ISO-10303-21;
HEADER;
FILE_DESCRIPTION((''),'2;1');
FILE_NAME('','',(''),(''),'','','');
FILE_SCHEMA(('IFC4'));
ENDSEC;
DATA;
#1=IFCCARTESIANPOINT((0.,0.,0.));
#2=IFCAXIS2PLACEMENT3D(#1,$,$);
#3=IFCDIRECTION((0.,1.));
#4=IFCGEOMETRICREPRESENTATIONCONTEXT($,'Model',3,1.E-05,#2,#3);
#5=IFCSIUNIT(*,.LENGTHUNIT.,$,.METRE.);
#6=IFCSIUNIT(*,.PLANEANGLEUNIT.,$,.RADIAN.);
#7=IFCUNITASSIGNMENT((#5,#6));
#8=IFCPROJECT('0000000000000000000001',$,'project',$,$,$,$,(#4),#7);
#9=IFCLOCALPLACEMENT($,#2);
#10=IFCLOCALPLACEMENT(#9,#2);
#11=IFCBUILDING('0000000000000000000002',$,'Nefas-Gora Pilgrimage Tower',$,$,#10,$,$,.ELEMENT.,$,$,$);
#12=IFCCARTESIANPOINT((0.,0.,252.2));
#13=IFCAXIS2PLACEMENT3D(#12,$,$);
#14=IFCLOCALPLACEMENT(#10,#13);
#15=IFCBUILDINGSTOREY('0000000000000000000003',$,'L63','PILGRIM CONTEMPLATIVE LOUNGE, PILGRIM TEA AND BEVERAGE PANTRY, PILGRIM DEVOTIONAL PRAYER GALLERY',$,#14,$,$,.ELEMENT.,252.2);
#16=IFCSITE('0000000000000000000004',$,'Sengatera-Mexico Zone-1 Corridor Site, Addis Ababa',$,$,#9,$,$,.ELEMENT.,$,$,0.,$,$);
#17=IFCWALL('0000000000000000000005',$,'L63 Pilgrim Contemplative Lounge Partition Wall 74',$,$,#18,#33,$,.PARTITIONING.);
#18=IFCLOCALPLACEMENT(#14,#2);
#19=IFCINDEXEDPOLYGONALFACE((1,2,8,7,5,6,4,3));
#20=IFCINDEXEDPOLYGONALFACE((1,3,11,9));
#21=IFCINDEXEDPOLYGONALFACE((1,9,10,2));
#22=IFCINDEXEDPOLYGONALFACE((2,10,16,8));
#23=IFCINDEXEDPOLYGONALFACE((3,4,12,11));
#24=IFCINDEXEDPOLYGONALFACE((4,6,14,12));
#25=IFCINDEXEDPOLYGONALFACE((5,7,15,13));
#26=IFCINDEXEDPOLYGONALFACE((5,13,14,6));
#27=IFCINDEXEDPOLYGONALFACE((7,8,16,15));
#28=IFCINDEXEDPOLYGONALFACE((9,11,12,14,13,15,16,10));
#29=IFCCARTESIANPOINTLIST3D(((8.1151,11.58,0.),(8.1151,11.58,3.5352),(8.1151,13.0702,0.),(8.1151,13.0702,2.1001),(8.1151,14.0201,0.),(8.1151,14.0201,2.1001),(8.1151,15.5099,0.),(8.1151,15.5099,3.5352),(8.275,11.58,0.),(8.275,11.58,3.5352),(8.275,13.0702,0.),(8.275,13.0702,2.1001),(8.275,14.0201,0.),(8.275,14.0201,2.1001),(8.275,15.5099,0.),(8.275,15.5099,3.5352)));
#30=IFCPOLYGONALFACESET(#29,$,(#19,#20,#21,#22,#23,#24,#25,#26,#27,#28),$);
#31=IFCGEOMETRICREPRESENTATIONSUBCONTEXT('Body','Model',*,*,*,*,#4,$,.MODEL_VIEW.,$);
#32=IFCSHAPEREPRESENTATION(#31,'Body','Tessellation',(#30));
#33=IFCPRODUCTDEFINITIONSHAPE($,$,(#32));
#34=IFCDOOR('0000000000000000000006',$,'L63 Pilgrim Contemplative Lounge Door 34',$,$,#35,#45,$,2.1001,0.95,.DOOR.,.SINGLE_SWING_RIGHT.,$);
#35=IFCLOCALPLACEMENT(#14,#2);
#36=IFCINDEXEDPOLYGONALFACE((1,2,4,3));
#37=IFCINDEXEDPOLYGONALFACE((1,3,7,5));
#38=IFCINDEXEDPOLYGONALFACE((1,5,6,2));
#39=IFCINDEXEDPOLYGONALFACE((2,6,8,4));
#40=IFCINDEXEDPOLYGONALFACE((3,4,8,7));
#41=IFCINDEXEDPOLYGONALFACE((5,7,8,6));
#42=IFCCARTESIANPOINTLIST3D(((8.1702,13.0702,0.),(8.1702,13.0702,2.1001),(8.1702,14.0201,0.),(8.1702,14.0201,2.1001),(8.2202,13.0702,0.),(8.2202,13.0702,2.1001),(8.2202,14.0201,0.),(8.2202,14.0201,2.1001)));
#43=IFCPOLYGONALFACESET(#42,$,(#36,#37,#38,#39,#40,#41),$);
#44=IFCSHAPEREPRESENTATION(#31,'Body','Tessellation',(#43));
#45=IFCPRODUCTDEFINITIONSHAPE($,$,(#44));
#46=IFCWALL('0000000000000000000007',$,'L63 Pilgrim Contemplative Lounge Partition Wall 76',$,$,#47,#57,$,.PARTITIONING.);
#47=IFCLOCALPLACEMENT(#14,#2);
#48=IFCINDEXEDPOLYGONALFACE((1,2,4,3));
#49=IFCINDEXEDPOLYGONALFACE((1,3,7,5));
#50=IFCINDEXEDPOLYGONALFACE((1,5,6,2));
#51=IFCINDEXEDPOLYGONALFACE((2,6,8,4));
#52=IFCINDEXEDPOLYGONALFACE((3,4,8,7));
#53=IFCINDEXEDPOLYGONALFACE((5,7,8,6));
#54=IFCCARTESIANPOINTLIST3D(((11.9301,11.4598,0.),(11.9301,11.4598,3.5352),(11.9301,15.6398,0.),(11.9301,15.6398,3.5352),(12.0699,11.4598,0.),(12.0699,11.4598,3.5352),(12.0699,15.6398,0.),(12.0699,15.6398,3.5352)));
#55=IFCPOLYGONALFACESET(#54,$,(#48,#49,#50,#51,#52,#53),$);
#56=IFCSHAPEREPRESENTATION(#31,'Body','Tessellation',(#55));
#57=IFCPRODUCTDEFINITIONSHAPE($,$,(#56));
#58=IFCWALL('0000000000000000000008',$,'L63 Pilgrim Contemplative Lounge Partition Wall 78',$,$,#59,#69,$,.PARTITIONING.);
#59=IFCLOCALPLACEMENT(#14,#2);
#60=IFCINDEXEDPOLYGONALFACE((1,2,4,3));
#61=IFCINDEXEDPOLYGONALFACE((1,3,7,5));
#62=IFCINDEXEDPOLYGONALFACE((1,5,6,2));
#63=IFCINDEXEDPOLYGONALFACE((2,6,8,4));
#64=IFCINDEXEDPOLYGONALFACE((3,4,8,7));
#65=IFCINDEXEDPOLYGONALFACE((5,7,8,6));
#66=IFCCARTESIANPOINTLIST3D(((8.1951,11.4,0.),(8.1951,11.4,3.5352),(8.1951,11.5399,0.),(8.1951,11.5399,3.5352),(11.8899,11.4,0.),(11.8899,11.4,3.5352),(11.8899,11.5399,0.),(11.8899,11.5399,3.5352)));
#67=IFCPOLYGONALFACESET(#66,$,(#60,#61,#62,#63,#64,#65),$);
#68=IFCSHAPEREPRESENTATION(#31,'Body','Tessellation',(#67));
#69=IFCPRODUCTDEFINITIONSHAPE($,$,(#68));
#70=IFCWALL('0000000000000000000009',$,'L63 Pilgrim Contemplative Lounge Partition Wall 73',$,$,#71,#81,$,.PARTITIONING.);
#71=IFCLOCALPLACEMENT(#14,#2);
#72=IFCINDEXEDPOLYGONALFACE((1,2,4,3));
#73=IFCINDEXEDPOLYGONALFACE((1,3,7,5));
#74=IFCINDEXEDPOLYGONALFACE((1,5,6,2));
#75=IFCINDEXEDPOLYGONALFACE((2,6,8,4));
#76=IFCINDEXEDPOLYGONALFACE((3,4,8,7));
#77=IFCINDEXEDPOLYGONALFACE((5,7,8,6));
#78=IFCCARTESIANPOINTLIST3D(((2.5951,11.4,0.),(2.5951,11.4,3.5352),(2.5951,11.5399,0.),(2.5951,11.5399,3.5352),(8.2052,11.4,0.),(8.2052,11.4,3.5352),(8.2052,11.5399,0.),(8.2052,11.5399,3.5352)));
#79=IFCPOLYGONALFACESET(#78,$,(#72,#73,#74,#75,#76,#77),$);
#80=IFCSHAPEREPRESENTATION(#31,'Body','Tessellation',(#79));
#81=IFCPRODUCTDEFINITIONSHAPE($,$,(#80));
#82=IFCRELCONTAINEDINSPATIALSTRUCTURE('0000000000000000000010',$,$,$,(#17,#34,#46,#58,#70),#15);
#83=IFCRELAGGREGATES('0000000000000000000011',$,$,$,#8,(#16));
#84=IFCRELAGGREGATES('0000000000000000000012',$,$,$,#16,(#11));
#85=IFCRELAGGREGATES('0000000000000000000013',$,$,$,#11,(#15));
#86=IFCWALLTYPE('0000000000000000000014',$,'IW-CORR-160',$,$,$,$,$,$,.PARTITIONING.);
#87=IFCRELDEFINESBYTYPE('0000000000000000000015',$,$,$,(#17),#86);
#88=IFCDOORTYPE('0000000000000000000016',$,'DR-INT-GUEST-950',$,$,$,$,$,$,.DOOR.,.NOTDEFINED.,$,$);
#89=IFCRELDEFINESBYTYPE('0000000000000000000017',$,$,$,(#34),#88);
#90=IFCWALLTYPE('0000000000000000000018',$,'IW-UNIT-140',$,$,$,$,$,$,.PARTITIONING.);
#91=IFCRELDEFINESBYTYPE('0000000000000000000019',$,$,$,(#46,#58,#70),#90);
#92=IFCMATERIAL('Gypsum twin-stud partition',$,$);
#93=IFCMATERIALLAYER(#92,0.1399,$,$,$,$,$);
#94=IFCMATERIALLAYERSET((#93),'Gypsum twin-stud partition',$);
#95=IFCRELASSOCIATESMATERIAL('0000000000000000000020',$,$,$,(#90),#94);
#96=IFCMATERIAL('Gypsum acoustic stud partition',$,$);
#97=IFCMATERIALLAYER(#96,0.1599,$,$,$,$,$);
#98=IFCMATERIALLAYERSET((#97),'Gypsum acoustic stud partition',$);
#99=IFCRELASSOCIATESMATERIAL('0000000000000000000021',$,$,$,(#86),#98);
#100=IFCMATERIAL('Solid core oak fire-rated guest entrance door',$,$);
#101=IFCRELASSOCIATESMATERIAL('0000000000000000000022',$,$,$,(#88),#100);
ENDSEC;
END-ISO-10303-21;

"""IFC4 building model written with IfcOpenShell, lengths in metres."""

from ifc_helpers import new_model, si_unit, direction, frame, frame_2d, origin, place, context, subcontext, project, spatial, rectangle, extrude, source, transform, mapped, material, layer, layer_set, type_object, element, fill, save


model = new_model("IFC4")

# Units and contexts
model_context = context("Model", 3, precision=1e-05, world=origin(), true_north=direction((0.0, 1.0)))
body_context = subcontext(model_context, "Body", "Model", "MODEL_VIEW")
ifc_project = project(units=[si_unit("LENGTHUNIT", "METRE"), si_unit("PLANEANGLEUNIT", "RADIAN")], contexts=[model_context])

# Site, building, storey
site_placement = place(None, origin())
site = spatial("IfcSite", under=ifc_project, at=site_placement, Name="Sengatera-Mexico Zone-1 Corridor Site, Addis Ababa", CompositionType="ELEMENT", RefElevation=0.0)
building_placement = place(site_placement, origin())
building = spatial("IfcBuilding", under=site, at=building_placement, Name="Nefas-Gora Pilgrimage Tower", CompositionType="ELEMENT")
storey_placement = place(building_placement, frame((0.0, 0.0, 252.2)))
storey = spatial("IfcBuildingStorey", under=building, at=storey_placement, Name="L63", Description="PILGRIM CONTEMPLATIVE LOUNGE, PILGRIM TEA AND BEVERAGE PANTRY, PILGRIM DEVOTIONAL PRAYER GALLERY", CompositionType="ELEMENT", Elevation=252.2)

# Shared definitions
ifc_material_1 = material(Name="Gypsum twin-stud partition")
ifc_layer_1 = layer(ifc_material_1, 0.1399)
ifc_layer_set_1 = layer_set([ifc_layer_1], Name="Gypsum twin-stud partition")
wall_type_1 = type_object("IfcWallType", Name="IW-UNIT-140", PredefinedType="PARTITIONING", material=ifc_layer_set_1)

# Shared definitions
ifc_material_2 = material(Name="Gypsum acoustic stud partition")
ifc_layer_2 = layer(ifc_material_2, 0.1599)
ifc_layer_set_2 = layer_set([ifc_layer_2], Name="Gypsum acoustic stud partition")
wall_type_2 = type_object("IfcWallType", Name="IW-CORR-160", PredefinedType="PARTITIONING", material=ifc_layer_set_2)
ifc_material_3 = material(Name="Solid core oak fire-rated guest entrance door")
door_type_1 = type_object("IfcDoorType", Name="DR-INT-GUEST-950", OperationType="NOTDEFINED", PredefinedType="DOOR", material=ifc_material_3)
shared_shape_1 = source(origin(), body_context, "Body", "SweptSolid", [
    extrude(rectangle(XDim=0.95, YDim=2.1001, at=frame_2d((0.4751, 1.05))), frame((0.0, 0.0249, 0.0), z_axis=(0.0, -1.0, 0.0), x_axis=(1.0, 0.0, 0.0)), (0.0, 0.0, 1.0), 0.05),
])

# Wall, opening, door
shared_shape_2 = source(origin(), body_context, "Body", "SweptSolid", [
    extrude(rectangle(XDim=3.9299, YDim=0.1599, at=frame_2d((1.9648, 0.0))), origin(), (0.0, 0.0, 1.0), 3.5352),
])
wall_1_placement = place(storey_placement, frame((8.1951, 11.5801, 0.0), z_axis=(0.0, 0.0, 1.0), x_axis=(0.0, 1.0, 0.0)))
wall_1 = element("IfcWall", 1, at=wall_1_placement, inside=storey, type_object=wall_type_2, Name="L63 Pilgrim Contemplative Lounge Partition Wall 74", PredefinedType="PARTITIONING", context=body_context, shape_type="MappedRepresentation", body=[
    mapped(shared_shape_2, transform((0.0, 0.0, 0.0), x_axis=(1.0, 0.0, 0.0), y_axis=(0.0, 1.0, 0.0), z_axis=(0.0, 0.0, 1.0), scale=1.0)),
])
opening_1_placement = place(wall_1_placement, frame((1.49, 0.0, 0.0)))
opening_1 = element("IfcOpeningElement", 2, at=opening_1_placement, cuts=wall_1, PredefinedType="OPENING", context=body_context, shape_type="SweptSolid", body=[
    extrude(rectangle(XDim=0.95, YDim=2.1001, at=frame_2d((0.4751, 1.05))), frame((0.0, 0.0898, 0.0), z_axis=(0.0, -1.0, 0.0), x_axis=(1.0, 0.0, 0.0)), (0.0, 0.0, 1.0), 0.1799),
])
door_1_placement = place(opening_1_placement, origin())
door_1 = element("IfcDoor", 3, at=door_1_placement, inside=storey, type_object=door_type_1, Name="L63 Pilgrim Contemplative Lounge Door 34", OperationType="SINGLE_SWING_RIGHT", OverallHeight=2.1001, OverallWidth=0.95, PredefinedType="DOOR", context=body_context, shape_type="MappedRepresentation", body=[
    mapped(shared_shape_1, transform((0.0, 0.0, 0.0), x_axis=(1.0, 0.0, 0.0), y_axis=(0.0, 1.0, 0.0), z_axis=(0.0, 0.0, 1.0), scale=1.0)),
])
fill(opening_1, door_1)

# Walls
shared_shape_3 = source(origin(), body_context, "Body", "SweptSolid", [
    extrude(rectangle(XDim=4.1799, YDim=0.1399, at=frame_2d((2.0898, 0.0))), origin(), (0.0, 0.0, 1.0), 3.5352),
])
wall_2_placement = place(storey_placement, frame((12.0, 11.46, 0.0), z_axis=(0.0, 0.0, 1.0), x_axis=(0.0, 1.0, 0.0)))
element("IfcWall", 4, at=wall_2_placement, inside=storey, type_object=wall_type_1, Name="L63 Pilgrim Contemplative Lounge Partition Wall 76", PredefinedType="PARTITIONING", context=body_context, shape_type="MappedRepresentation", body=[
    mapped(shared_shape_3, transform((0.0, 0.0, 0.0), x_axis=(1.0, 0.0, 0.0), y_axis=(0.0, 1.0, 0.0), z_axis=(0.0, 0.0, 1.0), scale=1.0)),
])
shared_shape_4 = source(origin(), body_context, "Body", "SweptSolid", [
    extrude(rectangle(XDim=3.6948, YDim=0.1399, at=frame_2d((1.8474, 0.0))), origin(), (0.0, 0.0, 1.0), 3.5352),
])
wall_3_placement = place(storey_placement, frame((8.1951, 11.47, 0.0), z_axis=(0.0, 0.0, 1.0), x_axis=(1.0, 0.0, 0.0)))
element("IfcWall", 5, at=wall_3_placement, inside=storey, type_object=wall_type_1, Name="L63 Pilgrim Contemplative Lounge Partition Wall 78", PredefinedType="PARTITIONING", context=body_context, shape_type="MappedRepresentation", body=[
    mapped(shared_shape_4, transform((0.0, 0.0, 0.0), x_axis=(1.0, 0.0, 0.0), y_axis=(0.0, 1.0, 0.0), z_axis=(0.0, 0.0, 1.0), scale=1.0)),
])
shared_shape_5 = source(origin(), body_context, "Body", "SweptSolid", [
    extrude(rectangle(XDim=5.6101, YDim=0.1399, at=frame_2d((2.8052, 0.0))), origin(), (0.0, 0.0, 1.0), 3.5352),
])
wall_4_placement = place(storey_placement, frame((2.595, 11.47, 0.0), z_axis=(0.0, 0.0, 1.0), x_axis=(1.0, 0.0, 0.0)))
element("IfcWall", 6, at=wall_4_placement, inside=storey, type_object=wall_type_1, Name="L63 Pilgrim Contemplative Lounge Partition Wall 73", PredefinedType="PARTITIONING", context=body_context, shape_type="MappedRepresentation", body=[
    mapped(shared_shape_5, transform((0.0, 0.0, 0.0), x_axis=(1.0, 0.0, 0.0), y_axis=(0.0, 1.0, 0.0), z_axis=(0.0, 0.0, 1.0), scale=1.0)),
])

save(model, "model.ifc")
